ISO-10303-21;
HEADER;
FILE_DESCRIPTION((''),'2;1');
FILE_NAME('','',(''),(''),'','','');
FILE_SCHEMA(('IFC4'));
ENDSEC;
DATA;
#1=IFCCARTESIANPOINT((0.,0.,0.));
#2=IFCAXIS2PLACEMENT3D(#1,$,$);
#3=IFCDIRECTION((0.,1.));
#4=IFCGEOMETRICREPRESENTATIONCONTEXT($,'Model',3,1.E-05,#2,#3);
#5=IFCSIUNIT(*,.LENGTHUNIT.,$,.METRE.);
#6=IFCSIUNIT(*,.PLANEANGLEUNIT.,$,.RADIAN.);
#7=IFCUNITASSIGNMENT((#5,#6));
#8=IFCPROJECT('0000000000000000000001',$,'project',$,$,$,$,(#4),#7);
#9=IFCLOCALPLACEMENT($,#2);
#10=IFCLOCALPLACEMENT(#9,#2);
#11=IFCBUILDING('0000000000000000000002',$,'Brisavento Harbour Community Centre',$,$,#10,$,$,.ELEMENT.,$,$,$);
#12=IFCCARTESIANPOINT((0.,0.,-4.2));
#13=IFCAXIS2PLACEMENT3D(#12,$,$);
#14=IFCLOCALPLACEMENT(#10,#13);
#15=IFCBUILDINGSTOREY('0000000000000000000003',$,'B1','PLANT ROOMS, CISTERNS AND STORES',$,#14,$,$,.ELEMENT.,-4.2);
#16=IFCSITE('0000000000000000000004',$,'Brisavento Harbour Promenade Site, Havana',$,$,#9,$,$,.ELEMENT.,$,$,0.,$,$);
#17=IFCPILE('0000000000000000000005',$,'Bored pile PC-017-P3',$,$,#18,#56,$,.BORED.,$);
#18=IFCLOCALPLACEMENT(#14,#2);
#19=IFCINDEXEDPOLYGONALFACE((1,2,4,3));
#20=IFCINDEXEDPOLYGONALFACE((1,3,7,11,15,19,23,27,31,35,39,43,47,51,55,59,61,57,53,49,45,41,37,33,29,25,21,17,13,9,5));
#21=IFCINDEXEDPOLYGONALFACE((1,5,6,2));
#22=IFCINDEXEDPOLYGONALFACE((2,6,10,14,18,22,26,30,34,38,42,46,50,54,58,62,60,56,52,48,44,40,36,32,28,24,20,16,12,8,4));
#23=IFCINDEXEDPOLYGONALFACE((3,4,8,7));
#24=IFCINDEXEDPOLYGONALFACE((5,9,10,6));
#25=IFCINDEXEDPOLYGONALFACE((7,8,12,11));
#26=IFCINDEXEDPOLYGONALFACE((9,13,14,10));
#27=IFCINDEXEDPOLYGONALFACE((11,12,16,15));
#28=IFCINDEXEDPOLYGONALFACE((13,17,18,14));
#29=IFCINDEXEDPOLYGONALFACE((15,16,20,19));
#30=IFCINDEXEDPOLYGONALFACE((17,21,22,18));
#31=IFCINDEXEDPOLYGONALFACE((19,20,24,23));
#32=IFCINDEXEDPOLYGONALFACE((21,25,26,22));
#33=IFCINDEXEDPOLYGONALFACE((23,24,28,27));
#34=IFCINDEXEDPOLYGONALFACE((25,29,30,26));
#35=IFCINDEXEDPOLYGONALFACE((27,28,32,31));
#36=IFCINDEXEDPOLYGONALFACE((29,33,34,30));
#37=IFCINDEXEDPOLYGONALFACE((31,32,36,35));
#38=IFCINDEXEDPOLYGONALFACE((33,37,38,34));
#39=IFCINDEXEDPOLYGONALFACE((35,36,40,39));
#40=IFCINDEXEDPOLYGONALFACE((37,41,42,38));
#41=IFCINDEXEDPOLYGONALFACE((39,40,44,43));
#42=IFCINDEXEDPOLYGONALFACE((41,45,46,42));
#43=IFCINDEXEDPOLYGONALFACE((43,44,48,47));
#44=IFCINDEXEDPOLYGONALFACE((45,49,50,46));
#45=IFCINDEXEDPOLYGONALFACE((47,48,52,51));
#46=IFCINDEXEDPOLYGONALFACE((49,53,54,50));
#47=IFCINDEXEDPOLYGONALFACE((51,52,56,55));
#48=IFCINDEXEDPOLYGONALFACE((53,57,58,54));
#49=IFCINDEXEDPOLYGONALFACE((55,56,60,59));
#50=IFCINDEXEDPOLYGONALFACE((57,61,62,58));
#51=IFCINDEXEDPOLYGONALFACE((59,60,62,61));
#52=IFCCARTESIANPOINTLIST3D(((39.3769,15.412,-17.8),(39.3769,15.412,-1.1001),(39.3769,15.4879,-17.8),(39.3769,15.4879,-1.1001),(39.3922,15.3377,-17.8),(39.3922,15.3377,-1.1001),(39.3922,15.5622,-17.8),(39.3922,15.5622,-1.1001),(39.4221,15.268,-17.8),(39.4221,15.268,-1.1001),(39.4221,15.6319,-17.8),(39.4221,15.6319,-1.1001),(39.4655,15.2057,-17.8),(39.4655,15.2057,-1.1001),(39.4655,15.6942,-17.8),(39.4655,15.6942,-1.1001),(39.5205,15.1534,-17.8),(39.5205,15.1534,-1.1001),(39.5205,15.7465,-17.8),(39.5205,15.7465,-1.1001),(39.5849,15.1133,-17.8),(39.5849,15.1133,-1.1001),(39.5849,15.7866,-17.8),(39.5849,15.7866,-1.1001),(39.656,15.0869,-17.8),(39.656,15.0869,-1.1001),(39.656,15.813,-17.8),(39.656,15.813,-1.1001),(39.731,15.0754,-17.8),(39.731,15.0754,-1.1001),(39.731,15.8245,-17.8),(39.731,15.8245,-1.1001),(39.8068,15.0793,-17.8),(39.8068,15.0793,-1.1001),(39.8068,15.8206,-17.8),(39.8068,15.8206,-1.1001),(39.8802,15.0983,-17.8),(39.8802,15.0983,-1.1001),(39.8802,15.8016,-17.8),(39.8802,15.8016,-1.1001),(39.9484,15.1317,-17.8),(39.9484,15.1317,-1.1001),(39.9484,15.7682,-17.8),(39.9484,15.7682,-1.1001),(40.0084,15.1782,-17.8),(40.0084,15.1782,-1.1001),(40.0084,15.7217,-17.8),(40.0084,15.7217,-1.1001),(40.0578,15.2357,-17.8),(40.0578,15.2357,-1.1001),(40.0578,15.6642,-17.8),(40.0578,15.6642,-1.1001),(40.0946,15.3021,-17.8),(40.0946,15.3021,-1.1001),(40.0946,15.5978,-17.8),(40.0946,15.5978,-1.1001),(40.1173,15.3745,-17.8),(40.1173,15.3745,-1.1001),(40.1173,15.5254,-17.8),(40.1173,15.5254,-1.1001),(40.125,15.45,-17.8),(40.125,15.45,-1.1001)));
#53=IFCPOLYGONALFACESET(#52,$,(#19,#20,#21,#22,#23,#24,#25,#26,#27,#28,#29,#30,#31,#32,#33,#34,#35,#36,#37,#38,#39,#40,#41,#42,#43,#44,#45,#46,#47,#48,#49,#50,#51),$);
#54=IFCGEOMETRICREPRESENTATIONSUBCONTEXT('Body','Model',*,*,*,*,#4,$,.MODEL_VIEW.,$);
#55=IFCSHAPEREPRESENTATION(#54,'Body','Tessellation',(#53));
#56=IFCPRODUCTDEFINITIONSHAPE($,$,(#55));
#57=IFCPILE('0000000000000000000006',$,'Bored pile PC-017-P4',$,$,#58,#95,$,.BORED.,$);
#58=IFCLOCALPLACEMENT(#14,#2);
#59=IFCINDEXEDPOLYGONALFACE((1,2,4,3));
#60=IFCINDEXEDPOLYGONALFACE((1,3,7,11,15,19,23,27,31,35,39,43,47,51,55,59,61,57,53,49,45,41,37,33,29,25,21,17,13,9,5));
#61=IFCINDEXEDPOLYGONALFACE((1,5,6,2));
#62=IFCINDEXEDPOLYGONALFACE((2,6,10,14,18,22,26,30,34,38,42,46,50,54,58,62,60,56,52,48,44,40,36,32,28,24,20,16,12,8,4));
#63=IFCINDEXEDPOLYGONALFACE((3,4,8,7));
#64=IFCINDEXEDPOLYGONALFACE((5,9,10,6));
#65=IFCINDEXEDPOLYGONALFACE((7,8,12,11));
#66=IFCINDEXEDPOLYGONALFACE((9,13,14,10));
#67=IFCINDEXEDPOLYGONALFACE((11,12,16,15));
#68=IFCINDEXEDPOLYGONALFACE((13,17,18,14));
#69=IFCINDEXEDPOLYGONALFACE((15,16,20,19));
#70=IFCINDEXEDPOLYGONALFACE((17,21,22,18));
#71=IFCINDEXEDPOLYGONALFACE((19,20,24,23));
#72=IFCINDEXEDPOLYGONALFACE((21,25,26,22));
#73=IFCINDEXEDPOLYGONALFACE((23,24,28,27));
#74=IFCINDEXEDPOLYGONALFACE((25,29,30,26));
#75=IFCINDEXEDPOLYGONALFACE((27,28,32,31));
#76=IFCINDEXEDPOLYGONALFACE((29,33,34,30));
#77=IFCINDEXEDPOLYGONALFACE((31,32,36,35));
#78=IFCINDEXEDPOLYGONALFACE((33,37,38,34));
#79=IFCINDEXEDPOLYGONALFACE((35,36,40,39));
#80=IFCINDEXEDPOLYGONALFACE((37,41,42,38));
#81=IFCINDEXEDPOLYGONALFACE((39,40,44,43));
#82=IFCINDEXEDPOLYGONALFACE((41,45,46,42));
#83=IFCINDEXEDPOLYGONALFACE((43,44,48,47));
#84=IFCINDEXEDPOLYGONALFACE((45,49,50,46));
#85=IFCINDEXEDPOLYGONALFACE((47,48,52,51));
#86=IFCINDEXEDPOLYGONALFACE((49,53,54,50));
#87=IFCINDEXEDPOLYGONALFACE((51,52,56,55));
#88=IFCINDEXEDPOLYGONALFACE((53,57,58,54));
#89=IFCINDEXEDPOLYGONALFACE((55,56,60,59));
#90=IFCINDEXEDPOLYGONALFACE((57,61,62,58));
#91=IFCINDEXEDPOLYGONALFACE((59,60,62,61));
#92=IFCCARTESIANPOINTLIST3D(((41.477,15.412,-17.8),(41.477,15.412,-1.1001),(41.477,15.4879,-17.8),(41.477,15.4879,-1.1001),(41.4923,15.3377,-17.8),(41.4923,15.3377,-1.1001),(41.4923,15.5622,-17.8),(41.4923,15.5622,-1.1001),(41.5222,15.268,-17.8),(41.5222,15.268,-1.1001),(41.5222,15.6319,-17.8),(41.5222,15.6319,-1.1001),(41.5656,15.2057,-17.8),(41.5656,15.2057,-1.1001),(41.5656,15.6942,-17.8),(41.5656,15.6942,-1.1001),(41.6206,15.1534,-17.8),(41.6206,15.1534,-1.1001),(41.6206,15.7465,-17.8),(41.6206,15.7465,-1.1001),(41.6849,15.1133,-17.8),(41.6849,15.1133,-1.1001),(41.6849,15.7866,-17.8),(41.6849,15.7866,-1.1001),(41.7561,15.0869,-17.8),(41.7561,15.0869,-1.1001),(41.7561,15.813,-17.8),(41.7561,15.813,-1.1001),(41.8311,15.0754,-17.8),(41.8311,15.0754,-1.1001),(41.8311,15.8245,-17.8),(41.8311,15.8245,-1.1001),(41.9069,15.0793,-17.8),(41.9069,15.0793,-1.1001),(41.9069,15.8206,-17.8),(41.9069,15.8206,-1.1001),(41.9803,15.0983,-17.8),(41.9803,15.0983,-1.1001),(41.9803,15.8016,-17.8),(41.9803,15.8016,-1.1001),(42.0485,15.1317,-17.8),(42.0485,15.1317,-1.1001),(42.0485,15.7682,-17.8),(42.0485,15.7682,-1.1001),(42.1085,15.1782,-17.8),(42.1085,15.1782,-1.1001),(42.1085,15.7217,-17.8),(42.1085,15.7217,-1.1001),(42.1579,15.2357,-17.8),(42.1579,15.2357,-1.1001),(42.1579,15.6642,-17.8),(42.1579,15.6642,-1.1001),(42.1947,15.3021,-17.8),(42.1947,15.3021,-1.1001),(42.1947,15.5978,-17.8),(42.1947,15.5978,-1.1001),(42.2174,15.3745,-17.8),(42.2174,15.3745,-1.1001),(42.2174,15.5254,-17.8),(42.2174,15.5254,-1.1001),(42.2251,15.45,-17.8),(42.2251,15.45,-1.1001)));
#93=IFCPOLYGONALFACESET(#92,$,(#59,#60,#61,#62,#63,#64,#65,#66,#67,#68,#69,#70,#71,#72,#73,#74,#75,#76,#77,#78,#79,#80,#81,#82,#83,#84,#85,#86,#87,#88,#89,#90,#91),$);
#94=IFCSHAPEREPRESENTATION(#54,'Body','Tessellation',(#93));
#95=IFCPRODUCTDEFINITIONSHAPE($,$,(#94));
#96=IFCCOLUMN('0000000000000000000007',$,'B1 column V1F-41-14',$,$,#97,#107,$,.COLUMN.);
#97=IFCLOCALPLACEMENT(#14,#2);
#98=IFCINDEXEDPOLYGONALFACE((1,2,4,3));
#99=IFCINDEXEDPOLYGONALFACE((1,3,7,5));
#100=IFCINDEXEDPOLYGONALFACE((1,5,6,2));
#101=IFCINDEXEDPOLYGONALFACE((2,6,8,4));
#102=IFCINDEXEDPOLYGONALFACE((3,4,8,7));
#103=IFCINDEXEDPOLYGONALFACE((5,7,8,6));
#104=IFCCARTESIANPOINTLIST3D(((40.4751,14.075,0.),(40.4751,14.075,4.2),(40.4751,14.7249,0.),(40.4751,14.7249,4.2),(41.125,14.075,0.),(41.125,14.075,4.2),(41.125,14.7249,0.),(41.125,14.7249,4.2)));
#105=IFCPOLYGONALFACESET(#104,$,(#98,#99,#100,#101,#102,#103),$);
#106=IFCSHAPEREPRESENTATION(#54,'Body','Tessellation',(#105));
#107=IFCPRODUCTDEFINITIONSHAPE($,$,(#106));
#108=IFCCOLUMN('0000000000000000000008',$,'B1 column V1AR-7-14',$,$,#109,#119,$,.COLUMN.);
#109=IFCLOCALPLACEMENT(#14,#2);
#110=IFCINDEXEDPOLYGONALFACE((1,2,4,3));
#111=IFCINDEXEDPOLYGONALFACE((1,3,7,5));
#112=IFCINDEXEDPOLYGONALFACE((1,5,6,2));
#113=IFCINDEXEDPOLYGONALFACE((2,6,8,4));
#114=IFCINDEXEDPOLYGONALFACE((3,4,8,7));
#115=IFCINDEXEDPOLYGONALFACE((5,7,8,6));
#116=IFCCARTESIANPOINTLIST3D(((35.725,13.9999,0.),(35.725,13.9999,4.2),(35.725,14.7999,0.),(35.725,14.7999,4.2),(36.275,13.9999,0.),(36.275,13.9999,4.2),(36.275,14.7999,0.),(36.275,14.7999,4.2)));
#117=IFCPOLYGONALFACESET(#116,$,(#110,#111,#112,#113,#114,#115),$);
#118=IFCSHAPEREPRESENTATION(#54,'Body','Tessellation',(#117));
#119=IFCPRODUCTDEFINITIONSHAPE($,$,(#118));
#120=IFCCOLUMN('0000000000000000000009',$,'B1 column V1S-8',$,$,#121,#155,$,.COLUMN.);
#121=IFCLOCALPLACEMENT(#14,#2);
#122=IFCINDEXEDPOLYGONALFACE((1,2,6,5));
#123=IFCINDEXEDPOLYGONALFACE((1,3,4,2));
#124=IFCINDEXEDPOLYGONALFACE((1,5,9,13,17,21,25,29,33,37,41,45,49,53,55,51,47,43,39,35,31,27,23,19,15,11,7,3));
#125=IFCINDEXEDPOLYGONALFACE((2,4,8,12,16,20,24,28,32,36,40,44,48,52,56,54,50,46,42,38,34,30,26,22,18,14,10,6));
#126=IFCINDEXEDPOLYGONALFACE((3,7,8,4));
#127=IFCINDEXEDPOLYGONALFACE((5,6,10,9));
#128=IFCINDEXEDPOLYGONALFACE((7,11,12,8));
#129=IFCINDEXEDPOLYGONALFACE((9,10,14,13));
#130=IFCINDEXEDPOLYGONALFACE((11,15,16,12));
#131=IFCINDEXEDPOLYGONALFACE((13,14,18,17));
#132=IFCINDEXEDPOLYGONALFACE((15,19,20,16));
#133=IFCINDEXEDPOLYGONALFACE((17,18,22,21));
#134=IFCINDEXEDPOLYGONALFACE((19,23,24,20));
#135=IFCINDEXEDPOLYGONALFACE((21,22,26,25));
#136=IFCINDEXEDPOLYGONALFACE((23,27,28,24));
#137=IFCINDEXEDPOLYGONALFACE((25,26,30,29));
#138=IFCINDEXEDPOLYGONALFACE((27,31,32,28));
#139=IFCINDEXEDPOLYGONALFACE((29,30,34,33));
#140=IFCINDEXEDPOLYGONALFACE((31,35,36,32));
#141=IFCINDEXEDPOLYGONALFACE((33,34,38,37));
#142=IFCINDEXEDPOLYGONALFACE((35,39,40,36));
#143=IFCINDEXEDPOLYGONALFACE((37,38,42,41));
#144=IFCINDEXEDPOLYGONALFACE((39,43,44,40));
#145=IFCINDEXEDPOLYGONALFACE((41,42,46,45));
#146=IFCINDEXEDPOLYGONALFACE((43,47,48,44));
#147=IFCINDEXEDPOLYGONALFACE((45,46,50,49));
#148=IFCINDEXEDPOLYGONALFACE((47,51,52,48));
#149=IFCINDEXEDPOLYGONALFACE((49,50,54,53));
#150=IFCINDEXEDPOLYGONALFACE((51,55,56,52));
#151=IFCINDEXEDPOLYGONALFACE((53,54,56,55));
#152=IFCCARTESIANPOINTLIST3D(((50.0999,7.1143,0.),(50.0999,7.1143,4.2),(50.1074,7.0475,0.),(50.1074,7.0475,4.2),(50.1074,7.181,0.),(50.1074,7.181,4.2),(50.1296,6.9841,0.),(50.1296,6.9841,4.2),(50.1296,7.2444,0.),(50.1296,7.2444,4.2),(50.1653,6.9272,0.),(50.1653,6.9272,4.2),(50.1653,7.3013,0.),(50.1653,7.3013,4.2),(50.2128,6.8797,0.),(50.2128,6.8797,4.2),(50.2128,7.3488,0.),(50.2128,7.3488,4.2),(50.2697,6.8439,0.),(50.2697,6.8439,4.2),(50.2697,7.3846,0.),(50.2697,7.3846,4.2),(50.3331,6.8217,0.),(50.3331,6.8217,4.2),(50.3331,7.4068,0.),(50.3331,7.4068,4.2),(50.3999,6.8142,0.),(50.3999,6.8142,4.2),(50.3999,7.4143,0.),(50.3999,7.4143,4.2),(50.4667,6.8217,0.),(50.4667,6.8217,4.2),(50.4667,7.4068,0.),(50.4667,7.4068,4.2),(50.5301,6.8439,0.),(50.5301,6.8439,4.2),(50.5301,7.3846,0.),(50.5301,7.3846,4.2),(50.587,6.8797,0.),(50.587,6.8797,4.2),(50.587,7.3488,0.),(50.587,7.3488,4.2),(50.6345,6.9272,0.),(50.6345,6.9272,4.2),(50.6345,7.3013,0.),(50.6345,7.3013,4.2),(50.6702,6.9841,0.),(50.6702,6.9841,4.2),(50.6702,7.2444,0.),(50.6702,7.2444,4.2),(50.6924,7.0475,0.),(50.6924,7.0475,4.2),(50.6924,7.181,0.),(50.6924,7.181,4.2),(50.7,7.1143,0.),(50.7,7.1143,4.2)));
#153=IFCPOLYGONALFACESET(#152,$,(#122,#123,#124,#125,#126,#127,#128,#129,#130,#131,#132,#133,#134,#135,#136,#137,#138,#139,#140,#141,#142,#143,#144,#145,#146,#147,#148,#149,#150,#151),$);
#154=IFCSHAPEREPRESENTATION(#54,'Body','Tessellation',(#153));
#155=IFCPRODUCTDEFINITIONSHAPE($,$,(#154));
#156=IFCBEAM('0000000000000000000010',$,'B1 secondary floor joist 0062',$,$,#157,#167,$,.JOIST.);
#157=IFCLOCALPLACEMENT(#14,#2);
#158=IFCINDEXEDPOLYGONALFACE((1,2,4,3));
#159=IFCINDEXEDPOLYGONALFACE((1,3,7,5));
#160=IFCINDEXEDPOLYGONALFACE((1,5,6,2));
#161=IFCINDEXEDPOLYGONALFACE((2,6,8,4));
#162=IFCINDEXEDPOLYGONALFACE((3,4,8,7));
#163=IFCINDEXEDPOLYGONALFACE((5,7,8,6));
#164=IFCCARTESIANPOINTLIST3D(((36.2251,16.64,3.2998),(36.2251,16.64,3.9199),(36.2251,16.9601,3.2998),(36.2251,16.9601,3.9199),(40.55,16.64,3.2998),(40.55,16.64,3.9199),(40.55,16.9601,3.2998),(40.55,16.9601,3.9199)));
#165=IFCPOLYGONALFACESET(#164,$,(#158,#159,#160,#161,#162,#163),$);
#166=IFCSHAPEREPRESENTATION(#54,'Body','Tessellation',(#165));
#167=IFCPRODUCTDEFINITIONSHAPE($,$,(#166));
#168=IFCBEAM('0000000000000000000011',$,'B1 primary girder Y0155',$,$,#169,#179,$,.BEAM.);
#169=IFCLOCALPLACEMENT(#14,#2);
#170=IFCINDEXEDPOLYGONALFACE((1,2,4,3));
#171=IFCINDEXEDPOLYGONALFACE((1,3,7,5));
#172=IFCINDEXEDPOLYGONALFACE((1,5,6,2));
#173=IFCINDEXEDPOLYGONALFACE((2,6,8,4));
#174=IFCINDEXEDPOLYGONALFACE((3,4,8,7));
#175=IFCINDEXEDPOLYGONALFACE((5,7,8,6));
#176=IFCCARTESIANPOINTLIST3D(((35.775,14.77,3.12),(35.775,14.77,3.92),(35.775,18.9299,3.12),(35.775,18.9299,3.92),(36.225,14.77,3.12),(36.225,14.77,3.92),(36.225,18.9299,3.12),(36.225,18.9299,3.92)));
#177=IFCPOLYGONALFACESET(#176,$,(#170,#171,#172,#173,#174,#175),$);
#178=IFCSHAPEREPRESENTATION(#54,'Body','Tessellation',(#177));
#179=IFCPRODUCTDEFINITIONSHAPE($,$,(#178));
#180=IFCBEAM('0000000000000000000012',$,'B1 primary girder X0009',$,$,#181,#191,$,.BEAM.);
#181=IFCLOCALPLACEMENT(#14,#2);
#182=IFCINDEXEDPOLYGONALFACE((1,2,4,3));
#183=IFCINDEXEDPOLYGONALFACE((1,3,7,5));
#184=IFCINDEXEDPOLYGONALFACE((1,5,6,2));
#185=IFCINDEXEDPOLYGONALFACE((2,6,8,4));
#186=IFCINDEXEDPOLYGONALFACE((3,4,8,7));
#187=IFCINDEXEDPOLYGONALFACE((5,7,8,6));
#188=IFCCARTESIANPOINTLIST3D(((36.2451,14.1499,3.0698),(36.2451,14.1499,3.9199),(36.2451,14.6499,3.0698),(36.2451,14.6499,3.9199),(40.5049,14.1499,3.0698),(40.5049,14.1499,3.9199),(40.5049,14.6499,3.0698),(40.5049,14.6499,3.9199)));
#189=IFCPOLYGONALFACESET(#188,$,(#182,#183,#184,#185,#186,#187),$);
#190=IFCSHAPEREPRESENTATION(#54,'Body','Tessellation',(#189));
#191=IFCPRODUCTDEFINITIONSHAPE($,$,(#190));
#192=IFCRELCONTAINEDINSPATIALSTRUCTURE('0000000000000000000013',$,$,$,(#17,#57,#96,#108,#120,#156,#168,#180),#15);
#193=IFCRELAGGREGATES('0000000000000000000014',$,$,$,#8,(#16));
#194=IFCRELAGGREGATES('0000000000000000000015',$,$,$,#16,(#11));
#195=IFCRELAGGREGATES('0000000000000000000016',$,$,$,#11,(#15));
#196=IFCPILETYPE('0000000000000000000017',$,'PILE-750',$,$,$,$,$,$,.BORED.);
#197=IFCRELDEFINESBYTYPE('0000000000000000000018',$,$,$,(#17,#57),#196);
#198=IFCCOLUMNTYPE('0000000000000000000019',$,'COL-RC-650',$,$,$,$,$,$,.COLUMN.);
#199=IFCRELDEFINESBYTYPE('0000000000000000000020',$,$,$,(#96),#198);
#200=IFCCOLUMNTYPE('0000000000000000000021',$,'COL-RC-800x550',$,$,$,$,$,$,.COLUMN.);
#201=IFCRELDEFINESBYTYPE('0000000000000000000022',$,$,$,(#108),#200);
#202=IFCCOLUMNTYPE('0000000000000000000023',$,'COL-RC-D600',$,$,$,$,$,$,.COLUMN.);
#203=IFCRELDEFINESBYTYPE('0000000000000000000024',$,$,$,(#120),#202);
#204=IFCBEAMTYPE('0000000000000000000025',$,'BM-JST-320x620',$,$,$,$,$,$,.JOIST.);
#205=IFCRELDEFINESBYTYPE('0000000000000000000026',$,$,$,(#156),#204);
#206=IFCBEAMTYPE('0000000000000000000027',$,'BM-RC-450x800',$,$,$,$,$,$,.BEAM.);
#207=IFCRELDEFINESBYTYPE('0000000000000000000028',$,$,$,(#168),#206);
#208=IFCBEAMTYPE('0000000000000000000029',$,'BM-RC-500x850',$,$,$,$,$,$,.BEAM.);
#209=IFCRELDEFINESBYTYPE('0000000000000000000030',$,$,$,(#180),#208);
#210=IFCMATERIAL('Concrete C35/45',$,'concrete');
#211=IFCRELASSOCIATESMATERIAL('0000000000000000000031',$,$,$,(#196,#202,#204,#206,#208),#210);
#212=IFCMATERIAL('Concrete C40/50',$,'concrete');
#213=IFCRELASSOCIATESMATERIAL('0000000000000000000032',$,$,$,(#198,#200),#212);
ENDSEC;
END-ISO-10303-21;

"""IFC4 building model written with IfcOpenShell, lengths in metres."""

from ifc_helpers import new_model, si_unit, direction, frame, origin, origin_2d, place, context, subcontext, project, spatial, rectangle, circle, extrude, material, material_profile, profile_set, type_object, element, save


model = new_model("IFC4")

# Units and contexts
model_context = context("Model", 3, precision=1e-05, world=origin(), true_north=direction((0.0, 1.0)))
body_context = subcontext(model_context, "Body", "Model", "MODEL_VIEW")
ifc_project = project(units=[si_unit("LENGTHUNIT", "METRE"), si_unit("PLANEANGLEUNIT", "RADIAN")], contexts=[model_context])

# Site, building, storey
site_placement = place(None, origin())
site = spatial("IfcSite", under=ifc_project, at=site_placement, Name="Brisavento Harbour Promenade Site, Havana", CompositionType="ELEMENT", RefElevation=0.0)
building_placement = place(site_placement, origin())
building = spatial("IfcBuilding", under=site, at=building_placement, Name="Brisavento Harbour Community Centre", CompositionType="ELEMENT")
storey_placement = place(building_placement, frame((0.0, 0.0, -4.2)))
storey = spatial("IfcBuildingStorey", under=building, at=storey_placement, Name="B1", Description="PLANT ROOMS, CISTERNS AND STORES", CompositionType="ELEMENT", Elevation=-4.2)

# Shared definitions
ifc_material_1 = material(Name="Concrete C35/45", Category="concrete")

# Piles
ifc_material_profile_1 = material_profile(ifc_material_1, circle(Radius=0.375, at=origin_2d()), Name="Concrete C35/45")
ifc_profile_set_1 = profile_set([ifc_material_profile_1], Name="Concrete C35/45")
pile_type_1 = type_object("IfcPileType", Name="PILE-750", PredefinedType="BORED", material=ifc_profile_set_1)
for number, where, z_axis, x_axis, name in (
    (1, (39.75, 15.45, -1.1001), (0.0, 0.0, -1.0), (1.0, 0.0, 0.0), "Bored pile PC-017-P3"),
    (2, (41.8501, 15.45, -1.1001), (0.0, 0.0, -1.0), (1.0, 0.0, 0.0), "Bored pile PC-017-P4"),
):
    element("IfcPile", number, at=place(storey_placement, frame(where, z_axis=z_axis, x_axis=x_axis)), inside=storey, type_object=pile_type_1, Name=name, PredefinedType="BORED", context=body_context, shape_type="SweptSolid", body=[
        extrude(circle(Radius=0.375, at=origin_2d()), origin(), (0.0, 0.0, 1.0), 16.7),
    ])

# Columns
ifc_material_2 = material(Name="Concrete C40/50", Category="concrete")
ifc_material_profile_2 = material_profile(ifc_material_2, rectangle(XDim=0.6499, YDim=0.6499, at=origin_2d()), Name="Concrete C40/50")
ifc_profile_set_2 = profile_set([ifc_material_profile_2], Name="Concrete C40/50")
column_type_1 = type_object("IfcColumnType", Name="COL-RC-650", PredefinedType="COLUMN", material=ifc_profile_set_2)
column_1_placement = place(storey_placement, frame((40.8, 14.3999, 0.0), z_axis=(0.0, 0.0, 1.0), x_axis=(1.0, 0.0, 0.0)))
element("IfcColumn", 3, at=column_1_placement, inside=storey, type_object=column_type_1, Name="B1 column V1F-41-14", PredefinedType="COLUMN", context=body_context, shape_type="SweptSolid", body=[
    extrude(rectangle(XDim=0.6499, YDim=0.6499, at=origin_2d()), origin(), (0.0, 0.0, 1.0), 4.2),
])
ifc_material_profile_3 = material_profile(ifc_material_2, rectangle(XDim=0.55, YDim=0.8, at=origin_2d()), Name="Concrete C40/50")
ifc_profile_set_3 = profile_set([ifc_material_profile_3], Name="Concrete C40/50")
column_type_2 = type_object("IfcColumnType", Name="COL-RC-800x550", PredefinedType="COLUMN", material=ifc_profile_set_3)
column_2_placement = place(storey_placement, frame((36.0, 14.3999, 0.0), z_axis=(0.0, 0.0, 1.0), x_axis=(1.0, 0.0, 0.0)))
element("IfcColumn", 4, at=column_2_placement, inside=storey, type_object=column_type_2, Name="B1 column V1AR-7-14", PredefinedType="COLUMN", context=body_context, shape_type="SweptSolid", body=[
    extrude(rectangle(XDim=0.55, YDim=0.8, at=origin_2d()), origin(), (0.0, 0.0, 1.0), 4.2),
])
ifc_material_profile_4 = material_profile(ifc_material_1, circle(Radius=0.3, at=origin_2d()), Name="Concrete C35/45")
ifc_profile_set_4 = profile_set([ifc_material_profile_4], Name="Concrete C35/45")
column_type_3 = type_object("IfcColumnType", Name="COL-RC-D600", PredefinedType="COLUMN", material=ifc_profile_set_4)
column_3_placement = place(storey_placement, frame((50.3999, 7.1143, 0.0), z_axis=(0.0, 0.0, 1.0), x_axis=(1.0, 0.0, 0.0)))
element("IfcColumn", 5, at=column_3_placement, inside=storey, type_object=column_type_3, Name="B1 column V1S-8", PredefinedType="COLUMN", context=body_context, shape_type="SweptSolid", body=[
    extrude(circle(Radius=0.3, at=origin_2d()), origin(), (0.0, 0.0, 1.0), 4.2),
])

# Beams
ifc_material_profile_5 = material_profile(ifc_material_1, rectangle(XDim=0.3201, YDim=0.6201, at=origin_2d()), Name="Concrete C35/45")
ifc_profile_set_5 = profile_set([ifc_material_profile_5], Name="Concrete C35/45")
beam_type_1 = type_object("IfcBeamType", Name="BM-JST-320x620", PredefinedType="JOIST", material=ifc_profile_set_5)
beam_1_placement = place(storey_placement, frame((36.2251, 16.8, 3.6099), z_axis=(1.0, 0.0, 0.0), x_axis=(0.0, 1.0, 0.0)))
element("IfcBeam", 6, at=beam_1_placement, inside=storey, type_object=beam_type_1, Name="B1 secondary floor joist 0062", PredefinedType="JOIST", context=body_context, shape_type="SweptSolid", body=[
    extrude(rectangle(XDim=0.3201, YDim=0.6201, at=origin_2d()), origin(), (0.0, 0.0, 1.0), 4.325),
])
ifc_material_profile_6 = material_profile(ifc_material_1, rectangle(XDim=0.45, YDim=0.8, at=origin_2d()), Name="Concrete C35/45")
ifc_profile_set_6 = profile_set([ifc_material_profile_6], Name="Concrete C35/45")
beam_type_2 = type_object("IfcBeamType", Name="BM-RC-450x800", PredefinedType="BEAM", material=ifc_profile_set_6)
beam_2_placement = place(storey_placement, frame((36.0, 14.77, 3.52), z_axis=(0.0, 1.0, 0.0), x_axis=(-1.0, 0.0, 0.0)))
element("IfcBeam", 7, at=beam_2_placement, inside=storey, type_object=beam_type_2, Name="B1 primary girder Y0155", PredefinedType="BEAM", context=body_context, shape_type="SweptSolid", body=[
    extrude(rectangle(XDim=0.45, YDim=0.8, at=origin_2d()), origin(), (0.0, 0.0, 1.0), 4.1599),
])
ifc_material_profile_7 = material_profile(ifc_material_1, rectangle(XDim=0.5, YDim=0.8501, at=origin_2d()), Name="Concrete C35/45")
ifc_profile_set_7 = profile_set([ifc_material_profile_7], Name="Concrete C35/45")
beam_type_3 = type_object("IfcBeamType", Name="BM-RC-500x850", PredefinedType="BEAM", material=ifc_profile_set_7)
beam_3_placement = place(storey_placement, frame((36.2451, 14.3999, 3.4949), z_axis=(1.0, 0.0, 0.0), x_axis=(0.0, 1.0, 0.0)))
element("IfcBeam", 8, at=beam_3_placement, inside=storey, type_object=beam_type_3, Name="B1 primary girder X0009", PredefinedType="BEAM", context=body_context, shape_type="SweptSolid", body=[
    extrude(rectangle(XDim=0.5, YDim=0.8501, at=origin_2d()), origin(), (0.0, 0.0, 1.0), 4.2598),
])

save(model, "model.ifc")
